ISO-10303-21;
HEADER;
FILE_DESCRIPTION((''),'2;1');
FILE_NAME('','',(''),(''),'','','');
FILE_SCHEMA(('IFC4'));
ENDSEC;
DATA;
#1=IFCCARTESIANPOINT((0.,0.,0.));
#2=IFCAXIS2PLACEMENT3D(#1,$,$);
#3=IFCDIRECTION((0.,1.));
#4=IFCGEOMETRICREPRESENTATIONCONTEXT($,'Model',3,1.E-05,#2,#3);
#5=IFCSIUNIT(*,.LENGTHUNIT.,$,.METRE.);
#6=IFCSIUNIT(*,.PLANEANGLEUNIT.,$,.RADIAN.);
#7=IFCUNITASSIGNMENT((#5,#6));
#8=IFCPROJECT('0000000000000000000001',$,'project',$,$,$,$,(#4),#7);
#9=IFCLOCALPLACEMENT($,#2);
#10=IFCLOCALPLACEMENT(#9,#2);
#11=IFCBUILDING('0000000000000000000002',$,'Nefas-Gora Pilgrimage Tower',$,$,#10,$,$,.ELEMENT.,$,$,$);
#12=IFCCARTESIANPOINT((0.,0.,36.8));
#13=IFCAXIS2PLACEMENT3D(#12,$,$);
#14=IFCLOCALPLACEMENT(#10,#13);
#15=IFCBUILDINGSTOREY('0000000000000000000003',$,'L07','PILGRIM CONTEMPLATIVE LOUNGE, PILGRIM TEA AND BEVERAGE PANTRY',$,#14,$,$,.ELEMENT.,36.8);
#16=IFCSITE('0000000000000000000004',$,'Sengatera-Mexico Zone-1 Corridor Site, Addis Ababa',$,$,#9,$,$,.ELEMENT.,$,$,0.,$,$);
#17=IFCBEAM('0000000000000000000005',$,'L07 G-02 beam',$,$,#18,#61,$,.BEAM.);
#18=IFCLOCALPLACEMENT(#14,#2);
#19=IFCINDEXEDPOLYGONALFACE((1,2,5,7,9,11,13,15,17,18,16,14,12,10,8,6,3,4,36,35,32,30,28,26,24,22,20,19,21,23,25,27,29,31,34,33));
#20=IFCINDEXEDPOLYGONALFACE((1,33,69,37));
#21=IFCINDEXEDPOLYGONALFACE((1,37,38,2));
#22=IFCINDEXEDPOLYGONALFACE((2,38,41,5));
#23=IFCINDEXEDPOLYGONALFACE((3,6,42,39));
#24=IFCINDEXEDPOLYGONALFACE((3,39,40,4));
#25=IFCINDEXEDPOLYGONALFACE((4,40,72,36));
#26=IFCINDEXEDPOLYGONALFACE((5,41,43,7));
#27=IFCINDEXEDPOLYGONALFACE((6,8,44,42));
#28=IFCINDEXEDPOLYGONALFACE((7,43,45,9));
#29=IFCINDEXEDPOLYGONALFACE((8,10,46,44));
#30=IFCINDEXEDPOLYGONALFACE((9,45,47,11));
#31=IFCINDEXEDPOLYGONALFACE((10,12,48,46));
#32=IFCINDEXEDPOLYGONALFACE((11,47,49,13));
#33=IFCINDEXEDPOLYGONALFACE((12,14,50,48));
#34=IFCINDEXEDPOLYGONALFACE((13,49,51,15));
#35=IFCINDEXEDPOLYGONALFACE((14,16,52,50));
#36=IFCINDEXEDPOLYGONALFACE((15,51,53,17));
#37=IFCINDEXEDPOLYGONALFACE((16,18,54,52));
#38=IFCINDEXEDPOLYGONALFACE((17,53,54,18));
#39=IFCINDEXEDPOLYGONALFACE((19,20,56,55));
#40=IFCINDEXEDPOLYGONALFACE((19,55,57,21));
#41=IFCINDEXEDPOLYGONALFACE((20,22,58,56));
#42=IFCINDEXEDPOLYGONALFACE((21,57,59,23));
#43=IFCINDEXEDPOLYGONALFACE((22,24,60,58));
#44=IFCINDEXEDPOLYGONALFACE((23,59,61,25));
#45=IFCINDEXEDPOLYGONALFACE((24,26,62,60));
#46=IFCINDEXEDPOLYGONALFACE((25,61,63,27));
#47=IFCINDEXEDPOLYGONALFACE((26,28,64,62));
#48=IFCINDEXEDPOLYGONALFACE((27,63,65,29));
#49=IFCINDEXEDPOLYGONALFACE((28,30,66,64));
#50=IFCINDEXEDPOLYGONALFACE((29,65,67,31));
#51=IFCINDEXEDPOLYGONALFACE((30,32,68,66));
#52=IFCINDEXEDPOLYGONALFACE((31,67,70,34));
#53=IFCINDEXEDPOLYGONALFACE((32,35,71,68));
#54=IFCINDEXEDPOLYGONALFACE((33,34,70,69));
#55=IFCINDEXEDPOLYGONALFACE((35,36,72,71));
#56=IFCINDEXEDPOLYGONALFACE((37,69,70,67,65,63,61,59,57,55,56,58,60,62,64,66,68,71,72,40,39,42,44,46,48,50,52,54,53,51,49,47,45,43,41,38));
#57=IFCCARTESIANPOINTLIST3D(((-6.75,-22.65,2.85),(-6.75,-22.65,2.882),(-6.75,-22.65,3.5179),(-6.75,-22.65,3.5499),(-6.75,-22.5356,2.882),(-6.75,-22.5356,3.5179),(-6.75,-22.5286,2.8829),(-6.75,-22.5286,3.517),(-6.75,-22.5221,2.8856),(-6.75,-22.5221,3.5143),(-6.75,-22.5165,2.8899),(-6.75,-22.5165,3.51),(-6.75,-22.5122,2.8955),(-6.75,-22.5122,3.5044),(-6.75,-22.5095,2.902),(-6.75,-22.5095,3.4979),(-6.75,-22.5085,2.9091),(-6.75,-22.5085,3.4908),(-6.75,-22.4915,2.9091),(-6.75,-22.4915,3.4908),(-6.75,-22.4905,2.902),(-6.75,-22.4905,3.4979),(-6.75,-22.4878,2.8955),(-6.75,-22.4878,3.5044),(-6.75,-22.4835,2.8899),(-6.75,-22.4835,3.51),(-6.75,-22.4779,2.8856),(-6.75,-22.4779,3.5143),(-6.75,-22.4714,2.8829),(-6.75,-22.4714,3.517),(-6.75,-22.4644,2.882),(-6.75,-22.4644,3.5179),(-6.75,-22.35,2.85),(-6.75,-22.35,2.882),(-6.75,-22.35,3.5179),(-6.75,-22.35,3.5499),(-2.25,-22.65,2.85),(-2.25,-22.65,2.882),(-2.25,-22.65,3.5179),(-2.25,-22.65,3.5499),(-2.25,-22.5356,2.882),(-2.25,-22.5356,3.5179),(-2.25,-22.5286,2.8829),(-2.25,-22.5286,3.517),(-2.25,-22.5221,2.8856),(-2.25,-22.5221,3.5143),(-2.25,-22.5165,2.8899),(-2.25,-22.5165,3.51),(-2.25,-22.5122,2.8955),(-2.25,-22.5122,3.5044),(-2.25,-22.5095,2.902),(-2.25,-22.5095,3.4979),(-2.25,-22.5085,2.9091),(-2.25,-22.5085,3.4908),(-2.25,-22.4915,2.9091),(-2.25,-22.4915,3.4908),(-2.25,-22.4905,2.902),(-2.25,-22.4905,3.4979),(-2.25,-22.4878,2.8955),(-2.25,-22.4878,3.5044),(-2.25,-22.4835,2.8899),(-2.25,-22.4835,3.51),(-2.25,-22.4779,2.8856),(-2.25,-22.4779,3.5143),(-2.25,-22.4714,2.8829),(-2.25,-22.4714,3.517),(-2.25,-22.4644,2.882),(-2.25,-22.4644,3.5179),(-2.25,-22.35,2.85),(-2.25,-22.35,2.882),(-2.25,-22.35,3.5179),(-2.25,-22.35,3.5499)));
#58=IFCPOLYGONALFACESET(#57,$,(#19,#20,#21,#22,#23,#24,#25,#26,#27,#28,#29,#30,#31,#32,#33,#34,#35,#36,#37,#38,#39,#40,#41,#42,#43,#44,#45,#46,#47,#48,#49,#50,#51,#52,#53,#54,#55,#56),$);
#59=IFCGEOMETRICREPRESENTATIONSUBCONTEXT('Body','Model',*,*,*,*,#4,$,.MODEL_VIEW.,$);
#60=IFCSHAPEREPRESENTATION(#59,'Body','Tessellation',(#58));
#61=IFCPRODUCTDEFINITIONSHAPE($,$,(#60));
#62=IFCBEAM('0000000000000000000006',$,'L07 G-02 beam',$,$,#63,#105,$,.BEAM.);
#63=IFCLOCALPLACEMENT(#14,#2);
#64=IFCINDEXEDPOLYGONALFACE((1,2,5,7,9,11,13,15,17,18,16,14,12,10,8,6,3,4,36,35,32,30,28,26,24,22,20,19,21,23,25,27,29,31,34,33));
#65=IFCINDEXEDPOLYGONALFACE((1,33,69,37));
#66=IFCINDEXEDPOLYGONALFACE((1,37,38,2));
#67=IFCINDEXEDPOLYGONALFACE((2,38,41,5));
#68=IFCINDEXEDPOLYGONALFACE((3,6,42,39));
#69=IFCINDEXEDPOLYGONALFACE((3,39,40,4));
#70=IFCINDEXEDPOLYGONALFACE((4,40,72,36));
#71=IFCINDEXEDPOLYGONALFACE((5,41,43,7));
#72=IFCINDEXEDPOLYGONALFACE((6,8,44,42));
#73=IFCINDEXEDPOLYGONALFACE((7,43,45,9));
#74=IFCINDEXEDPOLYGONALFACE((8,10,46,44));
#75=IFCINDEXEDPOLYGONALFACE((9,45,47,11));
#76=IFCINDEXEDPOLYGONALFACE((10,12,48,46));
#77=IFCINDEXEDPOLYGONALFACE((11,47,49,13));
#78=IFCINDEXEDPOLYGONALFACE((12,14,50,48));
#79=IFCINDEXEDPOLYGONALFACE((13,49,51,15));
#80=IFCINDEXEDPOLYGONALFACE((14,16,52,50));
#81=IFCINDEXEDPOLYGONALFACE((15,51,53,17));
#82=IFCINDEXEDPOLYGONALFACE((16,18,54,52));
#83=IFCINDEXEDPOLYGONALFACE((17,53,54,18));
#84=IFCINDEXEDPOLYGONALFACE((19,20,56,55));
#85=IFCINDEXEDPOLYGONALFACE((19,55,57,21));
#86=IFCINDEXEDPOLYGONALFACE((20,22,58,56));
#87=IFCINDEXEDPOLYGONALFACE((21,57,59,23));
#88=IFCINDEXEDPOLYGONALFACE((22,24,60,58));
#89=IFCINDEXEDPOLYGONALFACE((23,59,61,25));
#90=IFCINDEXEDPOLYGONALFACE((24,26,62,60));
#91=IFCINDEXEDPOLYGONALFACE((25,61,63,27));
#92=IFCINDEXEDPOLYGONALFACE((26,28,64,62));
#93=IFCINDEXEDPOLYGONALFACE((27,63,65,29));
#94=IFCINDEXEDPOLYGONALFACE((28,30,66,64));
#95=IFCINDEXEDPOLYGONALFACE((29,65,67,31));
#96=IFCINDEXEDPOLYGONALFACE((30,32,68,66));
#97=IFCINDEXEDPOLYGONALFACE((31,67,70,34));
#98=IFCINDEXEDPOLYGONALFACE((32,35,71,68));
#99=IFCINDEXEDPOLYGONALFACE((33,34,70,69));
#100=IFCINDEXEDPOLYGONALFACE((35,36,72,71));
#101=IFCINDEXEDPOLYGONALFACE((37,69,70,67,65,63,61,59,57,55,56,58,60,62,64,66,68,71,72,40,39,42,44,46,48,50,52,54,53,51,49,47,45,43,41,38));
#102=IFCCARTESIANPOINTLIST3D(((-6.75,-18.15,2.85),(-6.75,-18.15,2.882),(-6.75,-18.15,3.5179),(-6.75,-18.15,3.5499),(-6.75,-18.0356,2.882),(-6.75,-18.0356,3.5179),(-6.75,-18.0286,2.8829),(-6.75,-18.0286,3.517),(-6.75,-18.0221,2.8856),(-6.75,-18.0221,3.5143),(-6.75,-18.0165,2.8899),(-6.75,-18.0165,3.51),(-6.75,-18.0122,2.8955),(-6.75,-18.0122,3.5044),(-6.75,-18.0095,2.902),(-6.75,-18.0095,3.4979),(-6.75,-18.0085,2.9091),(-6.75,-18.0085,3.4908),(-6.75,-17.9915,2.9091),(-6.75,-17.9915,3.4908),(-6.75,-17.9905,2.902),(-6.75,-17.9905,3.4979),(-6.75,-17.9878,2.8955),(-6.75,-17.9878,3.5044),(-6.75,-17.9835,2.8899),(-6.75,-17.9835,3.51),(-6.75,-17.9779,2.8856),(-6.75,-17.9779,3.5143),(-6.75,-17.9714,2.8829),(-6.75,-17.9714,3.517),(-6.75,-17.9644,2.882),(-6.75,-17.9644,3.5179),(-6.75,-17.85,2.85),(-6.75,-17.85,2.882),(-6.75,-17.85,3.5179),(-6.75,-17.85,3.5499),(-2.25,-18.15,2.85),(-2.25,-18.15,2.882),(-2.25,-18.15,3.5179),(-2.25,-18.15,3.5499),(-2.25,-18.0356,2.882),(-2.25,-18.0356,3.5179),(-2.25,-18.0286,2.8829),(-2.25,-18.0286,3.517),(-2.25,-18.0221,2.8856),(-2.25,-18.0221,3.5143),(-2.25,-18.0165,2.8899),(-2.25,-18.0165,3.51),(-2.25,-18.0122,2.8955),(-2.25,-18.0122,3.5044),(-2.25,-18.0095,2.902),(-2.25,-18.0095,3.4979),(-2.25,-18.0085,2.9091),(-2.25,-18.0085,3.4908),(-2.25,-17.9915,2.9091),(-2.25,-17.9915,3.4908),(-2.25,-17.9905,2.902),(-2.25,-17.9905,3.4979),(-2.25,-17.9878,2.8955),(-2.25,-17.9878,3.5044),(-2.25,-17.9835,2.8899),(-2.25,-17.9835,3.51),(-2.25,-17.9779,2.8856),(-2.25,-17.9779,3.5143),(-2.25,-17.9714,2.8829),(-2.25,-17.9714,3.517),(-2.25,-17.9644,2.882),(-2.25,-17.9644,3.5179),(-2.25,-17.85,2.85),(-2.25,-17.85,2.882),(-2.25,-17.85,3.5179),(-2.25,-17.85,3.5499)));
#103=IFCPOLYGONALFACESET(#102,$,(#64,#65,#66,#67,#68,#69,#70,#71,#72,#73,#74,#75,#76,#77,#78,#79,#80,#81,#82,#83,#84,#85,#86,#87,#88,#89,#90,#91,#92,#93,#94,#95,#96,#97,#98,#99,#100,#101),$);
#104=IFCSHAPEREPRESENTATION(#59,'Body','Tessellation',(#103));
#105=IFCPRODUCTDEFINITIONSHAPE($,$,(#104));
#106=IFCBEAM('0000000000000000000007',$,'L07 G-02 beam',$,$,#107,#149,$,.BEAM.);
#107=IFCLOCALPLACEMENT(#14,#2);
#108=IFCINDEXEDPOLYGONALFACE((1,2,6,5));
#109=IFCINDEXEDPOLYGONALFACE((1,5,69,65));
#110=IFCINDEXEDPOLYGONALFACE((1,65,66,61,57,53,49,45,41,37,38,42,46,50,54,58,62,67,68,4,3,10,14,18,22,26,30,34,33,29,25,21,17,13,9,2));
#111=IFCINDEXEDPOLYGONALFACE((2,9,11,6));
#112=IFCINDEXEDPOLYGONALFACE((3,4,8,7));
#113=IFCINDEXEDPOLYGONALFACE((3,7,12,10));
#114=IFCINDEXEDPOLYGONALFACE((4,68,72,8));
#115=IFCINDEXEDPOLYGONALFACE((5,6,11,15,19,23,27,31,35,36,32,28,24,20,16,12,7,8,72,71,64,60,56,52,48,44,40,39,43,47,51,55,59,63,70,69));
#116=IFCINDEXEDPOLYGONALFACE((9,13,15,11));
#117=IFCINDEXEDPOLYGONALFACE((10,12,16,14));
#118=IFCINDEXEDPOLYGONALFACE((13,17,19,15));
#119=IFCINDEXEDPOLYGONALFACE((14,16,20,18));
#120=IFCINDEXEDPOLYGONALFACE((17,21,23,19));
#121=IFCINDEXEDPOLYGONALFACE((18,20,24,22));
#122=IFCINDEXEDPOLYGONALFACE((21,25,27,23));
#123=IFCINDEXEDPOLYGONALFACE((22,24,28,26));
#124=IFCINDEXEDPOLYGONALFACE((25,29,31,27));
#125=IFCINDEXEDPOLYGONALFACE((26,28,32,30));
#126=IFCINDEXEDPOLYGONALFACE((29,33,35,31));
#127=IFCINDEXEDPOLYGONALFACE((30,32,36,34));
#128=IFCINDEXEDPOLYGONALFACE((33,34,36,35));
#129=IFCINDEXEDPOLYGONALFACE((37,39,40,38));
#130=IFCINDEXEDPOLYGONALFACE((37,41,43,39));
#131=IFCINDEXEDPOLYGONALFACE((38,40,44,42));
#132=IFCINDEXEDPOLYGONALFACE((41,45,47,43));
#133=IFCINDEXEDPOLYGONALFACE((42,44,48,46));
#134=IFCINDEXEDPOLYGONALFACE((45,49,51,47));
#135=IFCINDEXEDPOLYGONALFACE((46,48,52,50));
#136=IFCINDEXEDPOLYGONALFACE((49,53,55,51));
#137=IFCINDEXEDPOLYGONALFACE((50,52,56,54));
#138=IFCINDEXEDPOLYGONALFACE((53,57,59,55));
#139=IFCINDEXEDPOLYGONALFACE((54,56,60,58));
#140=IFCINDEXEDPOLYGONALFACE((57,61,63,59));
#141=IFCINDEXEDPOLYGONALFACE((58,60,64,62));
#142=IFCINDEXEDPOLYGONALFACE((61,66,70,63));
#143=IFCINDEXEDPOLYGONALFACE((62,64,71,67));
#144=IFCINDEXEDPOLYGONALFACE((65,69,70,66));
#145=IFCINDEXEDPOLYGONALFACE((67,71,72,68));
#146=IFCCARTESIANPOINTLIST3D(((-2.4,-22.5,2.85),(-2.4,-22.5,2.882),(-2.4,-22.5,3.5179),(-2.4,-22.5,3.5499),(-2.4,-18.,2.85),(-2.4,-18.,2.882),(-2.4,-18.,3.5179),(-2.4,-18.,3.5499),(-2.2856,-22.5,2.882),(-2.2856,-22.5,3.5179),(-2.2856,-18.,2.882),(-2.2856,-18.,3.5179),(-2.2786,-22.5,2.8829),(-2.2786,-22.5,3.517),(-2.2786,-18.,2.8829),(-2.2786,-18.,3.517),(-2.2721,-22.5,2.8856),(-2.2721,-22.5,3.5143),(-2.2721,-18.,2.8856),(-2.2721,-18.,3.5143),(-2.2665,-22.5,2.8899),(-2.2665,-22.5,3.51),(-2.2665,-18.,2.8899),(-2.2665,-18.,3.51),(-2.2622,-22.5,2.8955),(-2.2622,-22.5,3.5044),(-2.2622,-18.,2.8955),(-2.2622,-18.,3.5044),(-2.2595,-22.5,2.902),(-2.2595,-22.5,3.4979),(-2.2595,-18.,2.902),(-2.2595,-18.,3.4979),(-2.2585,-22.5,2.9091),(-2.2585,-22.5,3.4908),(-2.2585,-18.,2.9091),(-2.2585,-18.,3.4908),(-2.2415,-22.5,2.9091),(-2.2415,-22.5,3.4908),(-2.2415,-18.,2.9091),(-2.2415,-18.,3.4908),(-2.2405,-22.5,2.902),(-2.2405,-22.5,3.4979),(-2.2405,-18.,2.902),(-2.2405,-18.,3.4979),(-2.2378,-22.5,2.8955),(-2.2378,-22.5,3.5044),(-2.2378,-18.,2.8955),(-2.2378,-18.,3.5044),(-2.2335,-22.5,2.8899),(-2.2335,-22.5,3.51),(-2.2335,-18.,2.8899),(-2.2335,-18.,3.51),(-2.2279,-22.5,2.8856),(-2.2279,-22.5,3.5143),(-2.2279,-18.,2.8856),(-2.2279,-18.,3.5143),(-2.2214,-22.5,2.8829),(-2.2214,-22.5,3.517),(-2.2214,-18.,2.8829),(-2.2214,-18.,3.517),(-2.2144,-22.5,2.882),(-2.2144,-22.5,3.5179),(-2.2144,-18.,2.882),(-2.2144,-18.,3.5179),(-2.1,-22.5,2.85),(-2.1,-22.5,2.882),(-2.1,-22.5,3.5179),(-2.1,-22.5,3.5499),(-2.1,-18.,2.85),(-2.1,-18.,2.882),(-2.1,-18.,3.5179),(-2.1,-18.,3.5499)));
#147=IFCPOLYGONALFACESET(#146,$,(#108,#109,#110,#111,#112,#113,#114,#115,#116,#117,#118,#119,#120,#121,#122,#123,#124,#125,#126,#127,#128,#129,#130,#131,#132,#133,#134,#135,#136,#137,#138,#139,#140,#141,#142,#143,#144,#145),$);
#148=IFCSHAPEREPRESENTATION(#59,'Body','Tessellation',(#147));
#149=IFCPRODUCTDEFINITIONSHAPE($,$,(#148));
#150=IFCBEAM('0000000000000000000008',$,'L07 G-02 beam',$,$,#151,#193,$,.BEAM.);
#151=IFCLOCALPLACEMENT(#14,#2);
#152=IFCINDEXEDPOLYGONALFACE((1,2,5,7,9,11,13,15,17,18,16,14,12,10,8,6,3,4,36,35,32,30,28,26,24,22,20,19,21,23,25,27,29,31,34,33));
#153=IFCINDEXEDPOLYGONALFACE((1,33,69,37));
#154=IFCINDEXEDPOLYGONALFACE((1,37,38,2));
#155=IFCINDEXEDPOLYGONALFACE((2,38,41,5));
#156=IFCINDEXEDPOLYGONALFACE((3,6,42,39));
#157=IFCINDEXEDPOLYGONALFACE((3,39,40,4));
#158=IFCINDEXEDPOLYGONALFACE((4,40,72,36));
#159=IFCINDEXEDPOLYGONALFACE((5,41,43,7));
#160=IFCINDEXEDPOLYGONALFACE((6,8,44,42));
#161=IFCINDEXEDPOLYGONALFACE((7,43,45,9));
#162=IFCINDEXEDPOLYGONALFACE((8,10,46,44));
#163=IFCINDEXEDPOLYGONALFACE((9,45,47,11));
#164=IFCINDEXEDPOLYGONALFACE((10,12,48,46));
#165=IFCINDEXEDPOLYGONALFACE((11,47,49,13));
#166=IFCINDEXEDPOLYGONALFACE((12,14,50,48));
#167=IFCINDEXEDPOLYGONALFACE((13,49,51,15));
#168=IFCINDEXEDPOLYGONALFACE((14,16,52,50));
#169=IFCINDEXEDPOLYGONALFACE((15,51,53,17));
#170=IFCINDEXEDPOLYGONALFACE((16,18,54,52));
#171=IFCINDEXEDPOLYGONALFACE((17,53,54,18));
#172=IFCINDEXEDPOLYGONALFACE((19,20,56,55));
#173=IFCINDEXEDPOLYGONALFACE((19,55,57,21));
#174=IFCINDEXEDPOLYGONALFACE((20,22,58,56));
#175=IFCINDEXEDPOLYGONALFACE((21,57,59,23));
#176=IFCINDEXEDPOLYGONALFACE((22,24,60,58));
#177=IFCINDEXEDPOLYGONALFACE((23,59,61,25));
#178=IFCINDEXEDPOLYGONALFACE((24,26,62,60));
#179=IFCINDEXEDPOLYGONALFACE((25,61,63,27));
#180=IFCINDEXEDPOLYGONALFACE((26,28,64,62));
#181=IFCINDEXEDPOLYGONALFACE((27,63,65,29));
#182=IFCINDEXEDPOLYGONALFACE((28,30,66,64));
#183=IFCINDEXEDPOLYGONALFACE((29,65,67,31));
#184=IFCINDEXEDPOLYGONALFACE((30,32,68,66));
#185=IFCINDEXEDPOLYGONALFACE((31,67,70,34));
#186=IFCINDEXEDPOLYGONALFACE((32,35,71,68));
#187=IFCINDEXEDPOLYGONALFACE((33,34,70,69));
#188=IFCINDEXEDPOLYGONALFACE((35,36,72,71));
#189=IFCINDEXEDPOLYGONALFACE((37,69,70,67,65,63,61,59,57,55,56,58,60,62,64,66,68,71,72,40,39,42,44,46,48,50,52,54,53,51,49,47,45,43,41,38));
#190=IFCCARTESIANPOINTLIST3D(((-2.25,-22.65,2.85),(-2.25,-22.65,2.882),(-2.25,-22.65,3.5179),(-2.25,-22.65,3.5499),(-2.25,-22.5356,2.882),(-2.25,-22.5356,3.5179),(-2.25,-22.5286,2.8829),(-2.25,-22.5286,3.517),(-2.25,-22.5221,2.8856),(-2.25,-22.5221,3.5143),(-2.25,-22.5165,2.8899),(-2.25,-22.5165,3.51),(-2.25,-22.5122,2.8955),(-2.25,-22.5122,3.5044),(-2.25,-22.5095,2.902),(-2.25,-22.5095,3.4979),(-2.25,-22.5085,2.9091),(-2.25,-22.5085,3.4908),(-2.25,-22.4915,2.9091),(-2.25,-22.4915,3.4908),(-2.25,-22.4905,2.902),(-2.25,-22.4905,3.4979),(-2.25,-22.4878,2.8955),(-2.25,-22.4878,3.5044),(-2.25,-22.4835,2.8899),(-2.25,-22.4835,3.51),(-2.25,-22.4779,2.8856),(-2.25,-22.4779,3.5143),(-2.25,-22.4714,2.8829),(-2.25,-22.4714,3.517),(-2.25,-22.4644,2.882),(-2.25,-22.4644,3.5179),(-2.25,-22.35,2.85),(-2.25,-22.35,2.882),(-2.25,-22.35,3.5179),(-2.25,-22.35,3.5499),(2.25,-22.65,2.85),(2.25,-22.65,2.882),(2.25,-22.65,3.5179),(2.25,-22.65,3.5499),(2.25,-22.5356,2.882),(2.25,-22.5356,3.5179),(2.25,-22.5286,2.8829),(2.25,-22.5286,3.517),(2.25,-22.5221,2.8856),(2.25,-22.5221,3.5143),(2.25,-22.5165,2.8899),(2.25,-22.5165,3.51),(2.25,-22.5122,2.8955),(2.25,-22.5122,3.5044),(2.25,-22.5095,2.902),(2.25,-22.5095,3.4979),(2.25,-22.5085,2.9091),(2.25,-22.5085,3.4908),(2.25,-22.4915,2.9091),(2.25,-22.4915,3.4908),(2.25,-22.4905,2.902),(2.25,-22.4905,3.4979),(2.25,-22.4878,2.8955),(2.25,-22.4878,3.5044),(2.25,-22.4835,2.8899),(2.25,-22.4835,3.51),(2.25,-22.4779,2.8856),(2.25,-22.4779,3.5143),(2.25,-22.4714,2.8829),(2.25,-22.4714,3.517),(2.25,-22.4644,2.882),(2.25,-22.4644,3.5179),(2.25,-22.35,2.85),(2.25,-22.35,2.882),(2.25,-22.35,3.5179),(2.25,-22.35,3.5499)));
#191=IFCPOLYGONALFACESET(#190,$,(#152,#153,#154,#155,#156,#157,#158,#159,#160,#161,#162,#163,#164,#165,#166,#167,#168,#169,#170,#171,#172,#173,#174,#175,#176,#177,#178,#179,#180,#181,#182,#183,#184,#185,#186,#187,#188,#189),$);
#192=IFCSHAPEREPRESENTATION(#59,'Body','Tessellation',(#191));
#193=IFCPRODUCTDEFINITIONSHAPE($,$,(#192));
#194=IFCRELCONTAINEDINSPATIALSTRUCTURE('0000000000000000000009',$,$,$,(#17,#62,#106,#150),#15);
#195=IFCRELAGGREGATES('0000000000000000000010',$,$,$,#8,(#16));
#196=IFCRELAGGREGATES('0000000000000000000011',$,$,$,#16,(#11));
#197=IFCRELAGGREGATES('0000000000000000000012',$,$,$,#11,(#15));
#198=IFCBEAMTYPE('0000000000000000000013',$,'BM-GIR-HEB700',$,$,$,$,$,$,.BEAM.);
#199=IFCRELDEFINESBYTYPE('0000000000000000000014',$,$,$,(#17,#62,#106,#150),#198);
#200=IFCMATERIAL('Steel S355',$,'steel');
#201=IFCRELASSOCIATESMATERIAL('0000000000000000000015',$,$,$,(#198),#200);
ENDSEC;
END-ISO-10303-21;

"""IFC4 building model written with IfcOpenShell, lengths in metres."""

from ifc_helpers import new_model, si_unit, direction, frame, origin, origin_2d, place, context, subcontext, project, spatial, i_section, extrude, source, transform, mapped, material, material_profile, profile_set, type_object, element, save


model = new_model("IFC4")

# Units and contexts
model_context = context("Model", 3, precision=1e-05, world=origin(), true_north=direction((0.0, 1.0)))
body_context = subcontext(model_context, "Body", "Model", "MODEL_VIEW")
ifc_project = project(units=[si_unit("LENGTHUNIT", "METRE"), si_unit("PLANEANGLEUNIT", "RADIAN")], contexts=[model_context])

# Site, building, storey
site_placement = place(None, origin())
site = spatial("IfcSite", under=ifc_project, at=site_placement, Name="Sengatera-Mexico Zone-1 Corridor Site, Addis Ababa", CompositionType="ELEMENT", RefElevation=0.0)
building_placement = place(site_placement, origin())
building = spatial("IfcBuilding", under=site, at=building_placement, Name="Nefas-Gora Pilgrimage Tower", CompositionType="ELEMENT")
storey_placement = place(building_placement, frame((0.0, 0.0, 36.8)))
storey = spatial("IfcBuildingStorey", under=building, at=storey_placement, Name="L07", Description="PILGRIM CONTEMPLATIVE LOUNGE, PILGRIM TEA AND BEVERAGE PANTRY", CompositionType="ELEMENT", Elevation=36.8)

# Beams
ifc_material_1 = material(Name="Steel S355", Category="steel")
ifc_material_profile_1 = material_profile(ifc_material_1, i_section(OverallWidth=0.3, OverallDepth=0.7, WebThickness=0.0171, FlangeThickness=0.032, FilletRadius=0.0271, at=origin_2d()), Name="HEB 700")
ifc_profile_set_1 = profile_set([ifc_material_profile_1], Name="Steel S355")
beam_type = type_object("IfcBeamType", Name="BM-GIR-HEB700", PredefinedType="BEAM", material=ifc_profile_set_1)
shared_shape_1 = source(origin(), body_context, "Body", "SweptSolid", [
    extrude(i_section(OverallWidth=0.3, OverallDepth=0.7, WebThickness=0.0171, FlangeThickness=0.032, FilletRadius=0.0271, at=origin_2d()), origin(), (0.0, 0.0, 1.0), 4.5),
])
for number, where, z_axis, x_axis, name in (
    (1, (-6.75, -22.5, 3.2), (1.0, 0.0, 0.0), (0.0, 1.0, 0.0), "L07 G-02 beam"),
    (2, (-6.75, -18.0, 3.2), (1.0, 0.0, 0.0), (0.0, 1.0, 0.0), "L07 G-02 beam"),
    (3, (-2.25, -22.5, 3.2), (0.0, 1.0, 0.0), (-1.0, 0.0, 0.0), "L07 G-02 beam"),
    (4, (-2.25, -22.5, 3.2), (1.0, 0.0, 0.0), (0.0, 1.0, 0.0), "L07 G-02 beam"),
):
    element("IfcBeam", number, at=place(storey_placement, frame(where, z_axis=z_axis, x_axis=x_axis)), inside=storey, type_object=beam_type, Name=name, PredefinedType="BEAM", context=body_context, shape_type="MappedRepresentation", body=[
        mapped(shared_shape_1, transform((0.0, 0.0, 0.0), x_axis=(1.0, 0.0, 0.0), y_axis=(0.0, 1.0, 0.0), z_axis=(0.0, 0.0, 1.0), scale=1.0)),
    ])

save(model, "model.ifc")
